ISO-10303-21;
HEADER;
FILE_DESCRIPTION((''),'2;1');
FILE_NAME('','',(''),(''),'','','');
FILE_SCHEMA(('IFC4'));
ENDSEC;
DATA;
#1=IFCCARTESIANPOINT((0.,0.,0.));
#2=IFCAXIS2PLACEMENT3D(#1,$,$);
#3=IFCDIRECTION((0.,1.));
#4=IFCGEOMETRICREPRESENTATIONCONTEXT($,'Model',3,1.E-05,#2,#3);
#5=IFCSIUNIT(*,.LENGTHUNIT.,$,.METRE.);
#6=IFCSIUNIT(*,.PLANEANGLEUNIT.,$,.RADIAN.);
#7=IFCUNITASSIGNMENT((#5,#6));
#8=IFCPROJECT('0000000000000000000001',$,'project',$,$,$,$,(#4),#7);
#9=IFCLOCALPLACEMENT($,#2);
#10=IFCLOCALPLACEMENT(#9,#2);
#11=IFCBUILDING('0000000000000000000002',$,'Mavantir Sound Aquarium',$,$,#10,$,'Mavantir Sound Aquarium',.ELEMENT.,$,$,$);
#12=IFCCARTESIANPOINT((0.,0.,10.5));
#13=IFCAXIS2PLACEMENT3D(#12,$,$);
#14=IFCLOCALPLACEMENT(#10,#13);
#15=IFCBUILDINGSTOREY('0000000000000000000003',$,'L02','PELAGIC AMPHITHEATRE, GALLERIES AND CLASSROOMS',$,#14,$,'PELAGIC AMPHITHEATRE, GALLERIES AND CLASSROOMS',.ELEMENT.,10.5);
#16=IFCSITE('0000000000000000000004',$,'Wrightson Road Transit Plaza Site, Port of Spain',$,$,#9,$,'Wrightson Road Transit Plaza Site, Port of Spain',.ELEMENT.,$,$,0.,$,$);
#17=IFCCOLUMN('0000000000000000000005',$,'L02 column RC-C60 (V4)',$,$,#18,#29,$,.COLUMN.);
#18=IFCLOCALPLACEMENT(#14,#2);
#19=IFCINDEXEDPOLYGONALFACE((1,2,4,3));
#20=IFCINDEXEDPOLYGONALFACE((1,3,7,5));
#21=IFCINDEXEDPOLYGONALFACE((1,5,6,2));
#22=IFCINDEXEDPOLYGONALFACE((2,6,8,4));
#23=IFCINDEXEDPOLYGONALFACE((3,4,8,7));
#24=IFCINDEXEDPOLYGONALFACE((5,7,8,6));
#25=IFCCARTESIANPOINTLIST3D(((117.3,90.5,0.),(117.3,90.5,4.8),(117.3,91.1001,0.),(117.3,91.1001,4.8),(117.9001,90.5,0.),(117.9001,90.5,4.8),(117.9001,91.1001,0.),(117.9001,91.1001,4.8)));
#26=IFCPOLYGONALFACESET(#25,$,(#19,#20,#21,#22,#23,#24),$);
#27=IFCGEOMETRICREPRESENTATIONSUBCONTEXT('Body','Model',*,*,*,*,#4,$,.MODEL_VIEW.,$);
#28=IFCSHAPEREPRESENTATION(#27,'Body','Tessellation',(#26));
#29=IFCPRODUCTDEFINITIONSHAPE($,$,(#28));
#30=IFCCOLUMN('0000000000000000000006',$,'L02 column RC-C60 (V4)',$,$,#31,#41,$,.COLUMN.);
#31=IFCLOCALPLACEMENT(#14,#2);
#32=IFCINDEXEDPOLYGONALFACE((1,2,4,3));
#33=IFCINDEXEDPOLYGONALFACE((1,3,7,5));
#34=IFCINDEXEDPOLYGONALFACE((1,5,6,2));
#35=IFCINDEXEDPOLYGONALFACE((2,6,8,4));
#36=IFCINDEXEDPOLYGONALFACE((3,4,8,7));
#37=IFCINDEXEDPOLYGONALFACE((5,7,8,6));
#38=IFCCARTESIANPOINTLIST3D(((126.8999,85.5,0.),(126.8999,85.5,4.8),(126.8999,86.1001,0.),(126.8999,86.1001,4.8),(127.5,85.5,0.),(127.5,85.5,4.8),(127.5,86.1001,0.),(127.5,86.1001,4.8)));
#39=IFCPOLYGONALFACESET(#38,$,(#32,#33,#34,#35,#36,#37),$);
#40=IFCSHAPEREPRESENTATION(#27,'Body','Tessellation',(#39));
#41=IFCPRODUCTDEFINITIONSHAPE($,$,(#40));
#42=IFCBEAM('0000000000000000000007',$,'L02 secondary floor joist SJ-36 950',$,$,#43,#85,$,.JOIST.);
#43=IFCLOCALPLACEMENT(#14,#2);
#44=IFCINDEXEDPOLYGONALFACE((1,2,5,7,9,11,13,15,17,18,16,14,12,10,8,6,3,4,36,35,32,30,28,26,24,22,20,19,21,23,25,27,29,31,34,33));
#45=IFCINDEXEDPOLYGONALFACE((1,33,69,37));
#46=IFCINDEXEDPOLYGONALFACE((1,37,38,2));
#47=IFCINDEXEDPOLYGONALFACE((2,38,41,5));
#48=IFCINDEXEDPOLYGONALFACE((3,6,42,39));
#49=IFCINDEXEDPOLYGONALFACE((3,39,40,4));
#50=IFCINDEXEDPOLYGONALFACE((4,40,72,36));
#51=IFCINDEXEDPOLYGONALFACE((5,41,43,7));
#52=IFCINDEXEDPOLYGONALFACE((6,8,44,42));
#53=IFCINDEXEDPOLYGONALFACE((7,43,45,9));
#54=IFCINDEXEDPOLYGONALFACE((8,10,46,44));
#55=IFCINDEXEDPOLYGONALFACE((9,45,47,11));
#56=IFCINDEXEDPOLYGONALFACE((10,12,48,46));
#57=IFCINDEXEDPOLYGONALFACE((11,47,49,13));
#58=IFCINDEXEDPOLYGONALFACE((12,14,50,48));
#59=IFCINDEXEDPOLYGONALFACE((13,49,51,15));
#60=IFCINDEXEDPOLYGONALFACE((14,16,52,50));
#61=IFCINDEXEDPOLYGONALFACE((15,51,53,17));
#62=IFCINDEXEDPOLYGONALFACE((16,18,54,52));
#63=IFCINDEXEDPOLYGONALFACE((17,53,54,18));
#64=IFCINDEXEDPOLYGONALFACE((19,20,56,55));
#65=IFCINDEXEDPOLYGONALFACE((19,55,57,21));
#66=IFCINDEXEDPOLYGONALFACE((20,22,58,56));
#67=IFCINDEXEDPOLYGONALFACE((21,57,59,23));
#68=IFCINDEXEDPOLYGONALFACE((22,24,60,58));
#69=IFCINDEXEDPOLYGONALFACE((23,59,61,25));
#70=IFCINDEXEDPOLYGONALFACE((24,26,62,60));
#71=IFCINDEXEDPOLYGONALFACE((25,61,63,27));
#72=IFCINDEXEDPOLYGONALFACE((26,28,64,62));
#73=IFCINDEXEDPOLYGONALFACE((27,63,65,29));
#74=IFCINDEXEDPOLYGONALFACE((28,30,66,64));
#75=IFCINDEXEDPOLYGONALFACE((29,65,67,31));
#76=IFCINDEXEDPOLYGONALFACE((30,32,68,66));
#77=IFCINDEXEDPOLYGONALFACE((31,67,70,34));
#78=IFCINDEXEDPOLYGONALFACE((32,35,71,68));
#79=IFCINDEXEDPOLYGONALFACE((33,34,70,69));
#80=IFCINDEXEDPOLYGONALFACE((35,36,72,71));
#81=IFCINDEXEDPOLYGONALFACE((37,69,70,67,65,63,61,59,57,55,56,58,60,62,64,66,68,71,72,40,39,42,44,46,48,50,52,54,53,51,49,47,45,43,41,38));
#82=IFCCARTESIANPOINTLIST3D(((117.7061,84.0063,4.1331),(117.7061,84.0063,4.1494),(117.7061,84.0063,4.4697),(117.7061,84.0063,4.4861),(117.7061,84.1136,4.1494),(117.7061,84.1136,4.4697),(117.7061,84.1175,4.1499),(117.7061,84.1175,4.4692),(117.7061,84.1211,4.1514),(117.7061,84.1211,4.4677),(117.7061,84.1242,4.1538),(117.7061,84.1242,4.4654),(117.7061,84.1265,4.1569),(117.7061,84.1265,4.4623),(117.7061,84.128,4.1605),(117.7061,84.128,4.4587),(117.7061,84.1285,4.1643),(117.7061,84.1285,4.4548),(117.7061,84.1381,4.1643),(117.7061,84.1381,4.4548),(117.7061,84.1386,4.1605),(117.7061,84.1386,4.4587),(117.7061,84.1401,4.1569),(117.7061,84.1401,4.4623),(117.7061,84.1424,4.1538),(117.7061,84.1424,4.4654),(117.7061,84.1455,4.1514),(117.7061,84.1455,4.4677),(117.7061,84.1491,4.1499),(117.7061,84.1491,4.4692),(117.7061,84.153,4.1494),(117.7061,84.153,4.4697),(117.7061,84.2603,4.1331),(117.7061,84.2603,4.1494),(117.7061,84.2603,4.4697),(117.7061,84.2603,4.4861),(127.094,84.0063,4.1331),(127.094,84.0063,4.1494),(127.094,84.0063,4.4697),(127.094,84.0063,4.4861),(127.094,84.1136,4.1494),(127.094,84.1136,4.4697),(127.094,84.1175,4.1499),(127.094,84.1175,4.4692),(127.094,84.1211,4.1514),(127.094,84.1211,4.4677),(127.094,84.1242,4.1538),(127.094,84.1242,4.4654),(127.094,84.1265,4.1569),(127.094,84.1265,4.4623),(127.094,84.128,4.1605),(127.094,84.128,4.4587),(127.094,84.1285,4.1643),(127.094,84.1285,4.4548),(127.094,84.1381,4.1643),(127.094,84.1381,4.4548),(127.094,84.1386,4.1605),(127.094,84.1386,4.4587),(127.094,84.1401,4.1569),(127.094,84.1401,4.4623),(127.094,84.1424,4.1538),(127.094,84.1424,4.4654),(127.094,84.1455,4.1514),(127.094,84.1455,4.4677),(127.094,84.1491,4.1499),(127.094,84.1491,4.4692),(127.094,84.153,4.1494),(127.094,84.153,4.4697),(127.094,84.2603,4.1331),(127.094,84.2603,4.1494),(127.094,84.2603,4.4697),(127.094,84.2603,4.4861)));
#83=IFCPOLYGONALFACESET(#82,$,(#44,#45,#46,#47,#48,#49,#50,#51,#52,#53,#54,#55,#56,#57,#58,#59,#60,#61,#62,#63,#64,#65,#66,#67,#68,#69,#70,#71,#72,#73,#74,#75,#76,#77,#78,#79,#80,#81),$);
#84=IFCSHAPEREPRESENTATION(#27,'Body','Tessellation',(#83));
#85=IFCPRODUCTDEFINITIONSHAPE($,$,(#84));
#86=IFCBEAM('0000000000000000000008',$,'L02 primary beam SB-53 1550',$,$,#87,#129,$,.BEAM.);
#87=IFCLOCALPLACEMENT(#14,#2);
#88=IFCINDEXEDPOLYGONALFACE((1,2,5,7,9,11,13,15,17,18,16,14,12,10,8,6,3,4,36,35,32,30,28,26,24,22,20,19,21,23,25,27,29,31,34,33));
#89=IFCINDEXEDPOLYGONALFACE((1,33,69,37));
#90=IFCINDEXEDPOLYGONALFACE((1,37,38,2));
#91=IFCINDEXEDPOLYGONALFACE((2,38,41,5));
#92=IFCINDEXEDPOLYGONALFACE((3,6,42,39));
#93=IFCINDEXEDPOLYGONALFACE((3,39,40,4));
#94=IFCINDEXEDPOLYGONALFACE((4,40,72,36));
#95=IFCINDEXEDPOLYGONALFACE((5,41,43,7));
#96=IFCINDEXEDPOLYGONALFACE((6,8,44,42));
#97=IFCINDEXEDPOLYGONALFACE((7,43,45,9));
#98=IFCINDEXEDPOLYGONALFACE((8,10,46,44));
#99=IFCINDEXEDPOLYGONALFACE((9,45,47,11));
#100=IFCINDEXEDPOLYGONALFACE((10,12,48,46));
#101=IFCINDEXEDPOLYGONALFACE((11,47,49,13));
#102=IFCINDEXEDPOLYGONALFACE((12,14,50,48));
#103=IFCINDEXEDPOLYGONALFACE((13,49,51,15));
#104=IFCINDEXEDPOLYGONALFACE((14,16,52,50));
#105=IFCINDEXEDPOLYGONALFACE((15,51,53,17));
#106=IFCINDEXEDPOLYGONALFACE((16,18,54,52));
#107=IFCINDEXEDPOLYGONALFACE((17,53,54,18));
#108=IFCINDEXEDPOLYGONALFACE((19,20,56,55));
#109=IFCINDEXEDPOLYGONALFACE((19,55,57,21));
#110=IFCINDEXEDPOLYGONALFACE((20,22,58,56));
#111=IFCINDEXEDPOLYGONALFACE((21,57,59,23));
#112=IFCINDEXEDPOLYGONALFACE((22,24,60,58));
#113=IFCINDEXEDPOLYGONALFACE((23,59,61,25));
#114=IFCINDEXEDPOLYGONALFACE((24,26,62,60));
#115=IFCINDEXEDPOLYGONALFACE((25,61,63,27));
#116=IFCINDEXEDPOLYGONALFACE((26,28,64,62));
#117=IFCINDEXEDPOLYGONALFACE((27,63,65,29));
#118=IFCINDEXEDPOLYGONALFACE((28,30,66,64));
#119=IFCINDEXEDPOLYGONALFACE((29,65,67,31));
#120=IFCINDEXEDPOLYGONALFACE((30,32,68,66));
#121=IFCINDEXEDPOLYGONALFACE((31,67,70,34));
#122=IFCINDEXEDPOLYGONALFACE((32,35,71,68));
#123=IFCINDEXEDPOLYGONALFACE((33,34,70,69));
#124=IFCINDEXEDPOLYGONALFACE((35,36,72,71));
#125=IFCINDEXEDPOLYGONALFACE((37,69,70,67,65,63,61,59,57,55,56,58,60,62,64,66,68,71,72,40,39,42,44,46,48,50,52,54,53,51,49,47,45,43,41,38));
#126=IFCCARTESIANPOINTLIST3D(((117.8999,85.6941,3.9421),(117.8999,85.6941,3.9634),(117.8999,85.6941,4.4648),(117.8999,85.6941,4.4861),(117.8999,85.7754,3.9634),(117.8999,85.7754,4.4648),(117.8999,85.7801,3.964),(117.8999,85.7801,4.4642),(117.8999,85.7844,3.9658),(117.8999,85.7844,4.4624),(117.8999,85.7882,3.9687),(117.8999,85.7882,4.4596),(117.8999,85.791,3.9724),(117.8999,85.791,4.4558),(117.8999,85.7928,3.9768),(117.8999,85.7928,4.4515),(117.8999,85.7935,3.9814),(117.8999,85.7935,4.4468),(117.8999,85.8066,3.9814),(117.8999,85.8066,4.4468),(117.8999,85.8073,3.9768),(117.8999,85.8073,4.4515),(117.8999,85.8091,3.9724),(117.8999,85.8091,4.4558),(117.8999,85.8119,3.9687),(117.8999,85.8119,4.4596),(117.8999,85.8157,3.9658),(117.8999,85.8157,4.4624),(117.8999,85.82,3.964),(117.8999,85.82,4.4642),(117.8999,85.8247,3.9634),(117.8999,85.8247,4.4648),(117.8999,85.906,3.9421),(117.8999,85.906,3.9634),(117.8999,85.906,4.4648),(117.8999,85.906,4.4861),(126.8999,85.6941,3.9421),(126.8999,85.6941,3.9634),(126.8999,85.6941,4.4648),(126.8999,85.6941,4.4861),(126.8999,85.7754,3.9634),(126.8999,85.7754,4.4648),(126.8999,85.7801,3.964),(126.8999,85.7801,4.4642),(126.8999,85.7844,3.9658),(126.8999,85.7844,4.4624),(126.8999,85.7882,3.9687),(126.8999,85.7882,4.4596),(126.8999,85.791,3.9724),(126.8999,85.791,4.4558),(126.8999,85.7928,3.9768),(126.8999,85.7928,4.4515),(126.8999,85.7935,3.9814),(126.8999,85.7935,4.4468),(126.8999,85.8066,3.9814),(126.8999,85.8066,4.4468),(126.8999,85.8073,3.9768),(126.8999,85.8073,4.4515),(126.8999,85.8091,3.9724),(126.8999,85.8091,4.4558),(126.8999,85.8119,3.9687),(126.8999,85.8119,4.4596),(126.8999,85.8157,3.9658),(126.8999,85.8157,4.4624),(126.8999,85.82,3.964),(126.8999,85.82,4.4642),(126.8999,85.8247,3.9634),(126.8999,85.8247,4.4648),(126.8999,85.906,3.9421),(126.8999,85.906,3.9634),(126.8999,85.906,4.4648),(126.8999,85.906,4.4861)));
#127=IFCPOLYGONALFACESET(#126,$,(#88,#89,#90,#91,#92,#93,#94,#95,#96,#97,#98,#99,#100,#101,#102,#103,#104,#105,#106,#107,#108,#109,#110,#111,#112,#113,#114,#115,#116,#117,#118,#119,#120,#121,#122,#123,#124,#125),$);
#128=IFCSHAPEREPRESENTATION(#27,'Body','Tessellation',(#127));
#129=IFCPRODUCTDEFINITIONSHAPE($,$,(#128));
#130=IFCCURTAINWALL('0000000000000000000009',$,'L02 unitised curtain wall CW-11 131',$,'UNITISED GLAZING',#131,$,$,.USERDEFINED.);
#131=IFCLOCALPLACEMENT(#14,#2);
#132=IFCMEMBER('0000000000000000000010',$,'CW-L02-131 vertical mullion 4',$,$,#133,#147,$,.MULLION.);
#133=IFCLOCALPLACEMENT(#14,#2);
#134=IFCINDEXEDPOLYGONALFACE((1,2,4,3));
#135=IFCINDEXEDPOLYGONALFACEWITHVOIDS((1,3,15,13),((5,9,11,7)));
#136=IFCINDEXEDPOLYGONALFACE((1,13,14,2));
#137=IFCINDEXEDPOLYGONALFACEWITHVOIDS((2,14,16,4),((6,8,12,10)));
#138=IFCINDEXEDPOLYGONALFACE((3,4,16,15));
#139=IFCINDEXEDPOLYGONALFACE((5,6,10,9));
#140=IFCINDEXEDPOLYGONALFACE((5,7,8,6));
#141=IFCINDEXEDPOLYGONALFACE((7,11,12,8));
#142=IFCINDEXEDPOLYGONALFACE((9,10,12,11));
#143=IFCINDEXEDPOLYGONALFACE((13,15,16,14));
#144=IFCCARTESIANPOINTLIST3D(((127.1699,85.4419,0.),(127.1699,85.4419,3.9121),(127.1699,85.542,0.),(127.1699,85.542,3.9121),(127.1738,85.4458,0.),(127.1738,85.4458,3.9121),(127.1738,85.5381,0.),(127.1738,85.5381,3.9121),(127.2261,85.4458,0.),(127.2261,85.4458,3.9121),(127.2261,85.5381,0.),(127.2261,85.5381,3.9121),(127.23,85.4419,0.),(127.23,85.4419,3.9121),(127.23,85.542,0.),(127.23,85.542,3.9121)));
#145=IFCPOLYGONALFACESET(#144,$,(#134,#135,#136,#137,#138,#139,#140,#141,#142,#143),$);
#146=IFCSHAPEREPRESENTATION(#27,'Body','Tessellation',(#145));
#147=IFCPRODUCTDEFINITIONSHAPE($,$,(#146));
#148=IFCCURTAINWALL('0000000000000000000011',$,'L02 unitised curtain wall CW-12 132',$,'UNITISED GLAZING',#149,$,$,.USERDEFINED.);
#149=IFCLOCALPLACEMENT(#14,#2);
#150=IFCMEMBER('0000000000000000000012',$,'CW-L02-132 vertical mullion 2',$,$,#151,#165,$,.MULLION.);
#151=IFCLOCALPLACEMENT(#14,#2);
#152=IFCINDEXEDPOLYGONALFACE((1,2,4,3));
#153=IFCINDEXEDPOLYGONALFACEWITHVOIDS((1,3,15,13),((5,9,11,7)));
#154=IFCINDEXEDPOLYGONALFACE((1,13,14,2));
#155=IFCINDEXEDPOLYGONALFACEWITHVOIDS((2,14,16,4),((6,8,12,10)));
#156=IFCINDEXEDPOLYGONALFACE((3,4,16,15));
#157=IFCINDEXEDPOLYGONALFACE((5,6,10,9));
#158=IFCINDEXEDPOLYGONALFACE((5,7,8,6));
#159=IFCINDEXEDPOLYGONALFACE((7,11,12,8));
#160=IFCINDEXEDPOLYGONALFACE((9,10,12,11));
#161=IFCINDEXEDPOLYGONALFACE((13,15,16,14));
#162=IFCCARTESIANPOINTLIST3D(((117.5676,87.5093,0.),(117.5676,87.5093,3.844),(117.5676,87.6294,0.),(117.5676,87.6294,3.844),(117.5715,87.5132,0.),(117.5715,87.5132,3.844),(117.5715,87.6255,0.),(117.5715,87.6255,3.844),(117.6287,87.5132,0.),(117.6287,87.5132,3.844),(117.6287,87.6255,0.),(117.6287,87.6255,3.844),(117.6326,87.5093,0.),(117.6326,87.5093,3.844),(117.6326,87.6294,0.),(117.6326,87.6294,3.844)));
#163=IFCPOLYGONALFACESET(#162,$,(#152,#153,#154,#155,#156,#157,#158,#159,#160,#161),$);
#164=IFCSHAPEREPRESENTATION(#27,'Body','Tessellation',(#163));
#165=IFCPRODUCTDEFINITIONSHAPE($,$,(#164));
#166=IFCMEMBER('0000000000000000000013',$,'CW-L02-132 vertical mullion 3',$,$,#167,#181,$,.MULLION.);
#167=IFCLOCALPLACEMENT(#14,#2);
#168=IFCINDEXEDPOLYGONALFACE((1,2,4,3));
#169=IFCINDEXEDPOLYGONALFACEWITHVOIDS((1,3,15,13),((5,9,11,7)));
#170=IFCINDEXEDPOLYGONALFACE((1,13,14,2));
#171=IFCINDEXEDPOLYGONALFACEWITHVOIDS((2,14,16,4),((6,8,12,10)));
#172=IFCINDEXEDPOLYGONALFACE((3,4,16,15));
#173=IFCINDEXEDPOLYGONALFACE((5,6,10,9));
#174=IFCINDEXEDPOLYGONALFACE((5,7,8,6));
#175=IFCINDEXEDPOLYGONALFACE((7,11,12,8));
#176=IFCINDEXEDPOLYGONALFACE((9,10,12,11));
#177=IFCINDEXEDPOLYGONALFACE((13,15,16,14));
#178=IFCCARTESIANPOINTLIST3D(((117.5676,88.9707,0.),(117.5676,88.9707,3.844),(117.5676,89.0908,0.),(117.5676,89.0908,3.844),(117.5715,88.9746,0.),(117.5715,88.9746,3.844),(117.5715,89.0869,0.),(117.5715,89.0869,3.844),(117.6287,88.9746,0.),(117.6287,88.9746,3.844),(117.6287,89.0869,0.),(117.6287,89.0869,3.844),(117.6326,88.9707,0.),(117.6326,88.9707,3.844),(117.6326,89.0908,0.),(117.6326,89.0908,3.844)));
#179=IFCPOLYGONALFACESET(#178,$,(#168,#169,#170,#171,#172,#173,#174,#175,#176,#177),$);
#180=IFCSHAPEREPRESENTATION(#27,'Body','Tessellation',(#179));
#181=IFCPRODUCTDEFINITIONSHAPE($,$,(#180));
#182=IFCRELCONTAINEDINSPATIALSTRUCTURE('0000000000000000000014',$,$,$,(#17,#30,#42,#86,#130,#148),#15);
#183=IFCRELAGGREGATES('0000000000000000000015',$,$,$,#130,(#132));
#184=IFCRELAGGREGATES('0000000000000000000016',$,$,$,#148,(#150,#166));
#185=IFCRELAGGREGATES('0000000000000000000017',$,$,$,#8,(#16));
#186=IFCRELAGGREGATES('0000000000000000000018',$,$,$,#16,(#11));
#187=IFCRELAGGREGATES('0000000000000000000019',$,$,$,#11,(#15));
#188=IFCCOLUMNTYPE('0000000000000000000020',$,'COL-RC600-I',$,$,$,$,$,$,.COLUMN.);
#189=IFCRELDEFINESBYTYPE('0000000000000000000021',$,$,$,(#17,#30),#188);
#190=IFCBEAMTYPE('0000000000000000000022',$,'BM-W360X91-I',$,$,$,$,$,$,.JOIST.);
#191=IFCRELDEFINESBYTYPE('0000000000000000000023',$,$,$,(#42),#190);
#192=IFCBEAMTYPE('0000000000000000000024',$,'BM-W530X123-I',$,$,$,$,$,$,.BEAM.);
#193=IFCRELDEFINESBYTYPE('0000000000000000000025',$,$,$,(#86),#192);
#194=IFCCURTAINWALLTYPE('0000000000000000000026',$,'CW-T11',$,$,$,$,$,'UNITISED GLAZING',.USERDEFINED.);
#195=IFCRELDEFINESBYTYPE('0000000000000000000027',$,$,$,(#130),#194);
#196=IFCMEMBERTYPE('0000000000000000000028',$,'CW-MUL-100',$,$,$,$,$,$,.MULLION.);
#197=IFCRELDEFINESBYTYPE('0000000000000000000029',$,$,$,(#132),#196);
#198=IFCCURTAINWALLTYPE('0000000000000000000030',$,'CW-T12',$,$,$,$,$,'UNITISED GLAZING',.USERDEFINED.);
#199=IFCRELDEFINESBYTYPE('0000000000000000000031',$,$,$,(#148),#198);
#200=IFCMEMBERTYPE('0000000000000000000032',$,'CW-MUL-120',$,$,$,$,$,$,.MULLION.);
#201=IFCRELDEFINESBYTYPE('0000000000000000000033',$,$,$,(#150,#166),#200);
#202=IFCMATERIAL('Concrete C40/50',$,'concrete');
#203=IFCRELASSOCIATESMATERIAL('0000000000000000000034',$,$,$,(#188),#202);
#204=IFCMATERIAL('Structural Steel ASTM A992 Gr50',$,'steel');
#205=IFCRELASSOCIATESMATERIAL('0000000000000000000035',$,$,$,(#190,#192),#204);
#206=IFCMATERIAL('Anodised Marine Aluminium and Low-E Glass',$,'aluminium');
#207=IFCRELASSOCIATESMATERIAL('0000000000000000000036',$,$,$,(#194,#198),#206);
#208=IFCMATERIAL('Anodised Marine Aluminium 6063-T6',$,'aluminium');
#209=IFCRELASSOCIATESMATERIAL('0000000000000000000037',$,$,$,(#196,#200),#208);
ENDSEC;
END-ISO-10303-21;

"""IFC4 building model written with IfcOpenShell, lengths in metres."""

from ifc_helpers import new_model, si_unit, direction, frame, origin, origin_2d, place, context, subcontext, project, spatial, rectangle, hollow_rectangle, i_section, extrude, material, material_profile, profile_set, type_object, element, aggregate, save


model = new_model("IFC4")

# Units and contexts
model_context = context("Model", 3, precision=1e-05, world=origin(), true_north=direction((0.0, 1.0)))
body_context = subcontext(model_context, "Body", "Model", "MODEL_VIEW")
ifc_project = project(units=[si_unit("LENGTHUNIT", "METRE"), si_unit("PLANEANGLEUNIT", "RADIAN")], contexts=[model_context])

# Site, building, storey
site_placement = place(None, origin())
site = spatial("IfcSite", under=ifc_project, at=site_placement, Name="Wrightson Road Transit Plaza Site, Port of Spain", LongName="Wrightson Road Transit Plaza Site, Port of Spain", CompositionType="ELEMENT", RefElevation=0.0)
building_placement = place(site_placement, origin())
building = spatial("IfcBuilding", under=site, at=building_placement, Name="Mavantir Sound Aquarium", LongName="Mavantir Sound Aquarium", CompositionType="ELEMENT")
storey_placement = place(building_placement, frame((0.0, 0.0, 10.5)))
storey = spatial("IfcBuildingStorey", under=building, at=storey_placement, Name="L02", Description="PELAGIC AMPHITHEATRE, GALLERIES AND CLASSROOMS", LongName="PELAGIC AMPHITHEATRE, GALLERIES AND CLASSROOMS", CompositionType="ELEMENT", Elevation=10.5)

# Columns
ifc_material_1 = material(Name="Concrete C40/50", Category="concrete")
ifc_material_profile_1 = material_profile(ifc_material_1, rectangle(XDim=0.6001, YDim=0.6001, at=origin_2d()), Name="RC 600X600")
ifc_profile_set_1 = profile_set([ifc_material_profile_1], Name="Concrete C40/50")
column_type = type_object("IfcColumnType", Name="COL-RC600-I", PredefinedType="COLUMN", material=ifc_profile_set_1)
for number, where, z_axis, x_axis, name in (
    (1, (117.6001, 90.8, 0.0), (0.0, 0.0, 1.0), (1.0, 0.0, 0.0), "L02 column RC-C60 (V4)"),
    (2, (127.2, 85.8, 0.0), (0.0, 0.0, 1.0), (1.0, 0.0, 0.0), "L02 column RC-C60 (V4)"),
):
    element("IfcColumn", number, at=place(storey_placement, frame(where, z_axis=z_axis, x_axis=x_axis)), inside=storey, type_object=column_type, Name=name, PredefinedType="COLUMN", context=body_context, shape_type="SweptSolid", body=[
        extrude(rectangle(XDim=0.6001, YDim=0.6001, at=origin_2d()), origin(), (0.0, 0.0, 1.0), 4.8),
    ])

# Beams
ifc_material_2 = material(Name="Structural Steel ASTM A992 Gr50", Category="steel")
ifc_material_profile_2 = material_profile(ifc_material_2, i_section(OverallWidth=0.2539, OverallDepth=0.353, WebThickness=0.0095, FlangeThickness=0.0164, FilletRadius=0.0149, at=origin_2d()), Name="W360X91")
ifc_profile_set_2 = profile_set([ifc_material_profile_2], Name="Structural Steel ASTM A992 Gr50")
beam_type_1 = type_object("IfcBeamType", Name="BM-W360X91-I", PredefinedType="JOIST", material=ifc_profile_set_2)
beam_1_placement = place(storey_placement, frame((117.7061, 84.1333, 4.3096), z_axis=(1.0, 0.0, 0.0), x_axis=(0.0, 1.0, 0.0)))
element("IfcBeam", 3, at=beam_1_placement, inside=storey, type_object=beam_type_1, Name="L02 secondary floor joist SJ-36 950", PredefinedType="JOIST", context=body_context, shape_type="SweptSolid", body=[
    extrude(i_section(OverallWidth=0.2539, OverallDepth=0.353, WebThickness=0.0095, FlangeThickness=0.0164, FilletRadius=0.0149, at=origin_2d()), origin(), (0.0, 0.0, 1.0), 9.3879),
])
ifc_material_profile_3 = material_profile(ifc_material_2, i_section(OverallWidth=0.2119, OverallDepth=0.5439, WebThickness=0.0132, FlangeThickness=0.0212, FilletRadius=0.0181, at=origin_2d()), Name="W530X123")
ifc_profile_set_3 = profile_set([ifc_material_profile_3], Name="Structural Steel ASTM A992 Gr50")
beam_type_2 = type_object("IfcBeamType", Name="BM-W530X123-I", PredefinedType="BEAM", material=ifc_profile_set_3)
beam_2_placement = place(storey_placement, frame((117.8999, 85.8, 4.2141), z_axis=(1.0, 0.0, 0.0), x_axis=(0.0, 1.0, 0.0)))
element("IfcBeam", 4, at=beam_2_placement, inside=storey, type_object=beam_type_2, Name="L02 primary beam SB-53 1550", PredefinedType="BEAM", context=body_context, shape_type="SweptSolid", body=[
    extrude(i_section(OverallWidth=0.2119, OverallDepth=0.5439, WebThickness=0.0132, FlangeThickness=0.0212, FilletRadius=0.0181, at=origin_2d()), origin(), (0.0, 0.0, 1.0), 9.0),
])

# Curtain wall, member
ifc_material_3 = material(Name="Anodised Marine Aluminium and Low-E Glass", Category="aluminium")
curtain_wall_type_1 = type_object("IfcCurtainWallType", Name="CW-T11", ElementType="UNITISED GLAZING", PredefinedType="USERDEFINED", material=ifc_material_3)
curtain_wall_1_placement = place(storey_placement, origin())
curtain_wall_1 = element("IfcCurtainWall", 5, at=curtain_wall_1_placement, inside=storey, type_object=curtain_wall_type_1, Name="L02 unitised curtain wall CW-11 131", ObjectType="UNITISED GLAZING", PredefinedType="USERDEFINED")
ifc_material_4 = material(Name="Anodised Marine Aluminium 6063-T6", Category="aluminium")
ifc_material_profile_4 = material_profile(ifc_material_4, hollow_rectangle(XDim=0.0601, YDim=0.1001, WallThickness=0.0039, at=origin_2d()), Name="ALU-MULLION-100X60")
ifc_profile_set_4 = profile_set([ifc_material_profile_4], Name="Anodised Marine Aluminium 6063-T6")
member_type_1 = type_object("IfcMemberType", Name="CW-MUL-100", PredefinedType="MULLION", material=ifc_profile_set_4)
member_1_placement = place(storey_placement, frame((127.2, 85.4919, 0.0), z_axis=(0.0, 0.0, 1.0), x_axis=(1.0, 0.0, 0.0)))
member_1 = element("IfcMember", 6, at=member_1_placement, type_object=member_type_1, Name="CW-L02-131 vertical mullion 4", PredefinedType="MULLION", context=body_context, shape_type="SweptSolid", body=[
    extrude(hollow_rectangle(XDim=0.0601, YDim=0.1001, WallThickness=0.0039, at=origin_2d()), origin(), (0.0, 0.0, 1.0), 3.9121),
])

# Curtain wall, members
curtain_wall_type_2 = type_object("IfcCurtainWallType", Name="CW-T12", ElementType="UNITISED GLAZING", PredefinedType="USERDEFINED", material=ifc_material_3)
curtain_wall_2_placement = place(storey_placement, origin())
curtain_wall_2 = element("IfcCurtainWall", 7, at=curtain_wall_2_placement, inside=storey, type_object=curtain_wall_type_2, Name="L02 unitised curtain wall CW-12 132", ObjectType="UNITISED GLAZING", PredefinedType="USERDEFINED")
ifc_material_profile_5 = material_profile(ifc_material_4, hollow_rectangle(XDim=0.0649, YDim=0.1201, WallThickness=0.0039, at=origin_2d()), Name="ALU-MULLION-120X65")
ifc_profile_set_5 = profile_set([ifc_material_profile_5], Name="Anodised Marine Aluminium 6063-T6")
member_type_2 = type_object("IfcMemberType", Name="CW-MUL-120", PredefinedType="MULLION", material=ifc_profile_set_5)
member_2_placement = place(storey_placement, frame((117.6001, 87.5693, 0.0), z_axis=(0.0, 0.0, 1.0), x_axis=(1.0, 0.0, 0.0)))
member_2 = element("IfcMember", 8, at=member_2_placement, type_object=member_type_2, Name="CW-L02-132 vertical mullion 2", PredefinedType="MULLION", context=body_context, shape_type="SweptSolid", body=[
    extrude(hollow_rectangle(XDim=0.0649, YDim=0.1201, WallThickness=0.0039, at=origin_2d()), origin(), (0.0, 0.0, 1.0), 3.844),
])
member_3_placement = place(storey_placement, frame((117.6001, 89.0308, 0.0), z_axis=(0.0, 0.0, 1.0), x_axis=(1.0, 0.0, 0.0)))
member_3 = element("IfcMember", 9, at=member_3_placement, type_object=member_type_2, Name="CW-L02-132 vertical mullion 3", PredefinedType="MULLION", context=body_context, shape_type="SweptSolid", body=[
    extrude(hollow_rectangle(XDim=0.0649, YDim=0.1201, WallThickness=0.0039, at=origin_2d()), origin(), (0.0, 0.0, 1.0), 3.844),
])

aggregate(curtain_wall_1, [member_1])
aggregate(curtain_wall_2, [member_2, member_3])

save(model, "model.ifc")
